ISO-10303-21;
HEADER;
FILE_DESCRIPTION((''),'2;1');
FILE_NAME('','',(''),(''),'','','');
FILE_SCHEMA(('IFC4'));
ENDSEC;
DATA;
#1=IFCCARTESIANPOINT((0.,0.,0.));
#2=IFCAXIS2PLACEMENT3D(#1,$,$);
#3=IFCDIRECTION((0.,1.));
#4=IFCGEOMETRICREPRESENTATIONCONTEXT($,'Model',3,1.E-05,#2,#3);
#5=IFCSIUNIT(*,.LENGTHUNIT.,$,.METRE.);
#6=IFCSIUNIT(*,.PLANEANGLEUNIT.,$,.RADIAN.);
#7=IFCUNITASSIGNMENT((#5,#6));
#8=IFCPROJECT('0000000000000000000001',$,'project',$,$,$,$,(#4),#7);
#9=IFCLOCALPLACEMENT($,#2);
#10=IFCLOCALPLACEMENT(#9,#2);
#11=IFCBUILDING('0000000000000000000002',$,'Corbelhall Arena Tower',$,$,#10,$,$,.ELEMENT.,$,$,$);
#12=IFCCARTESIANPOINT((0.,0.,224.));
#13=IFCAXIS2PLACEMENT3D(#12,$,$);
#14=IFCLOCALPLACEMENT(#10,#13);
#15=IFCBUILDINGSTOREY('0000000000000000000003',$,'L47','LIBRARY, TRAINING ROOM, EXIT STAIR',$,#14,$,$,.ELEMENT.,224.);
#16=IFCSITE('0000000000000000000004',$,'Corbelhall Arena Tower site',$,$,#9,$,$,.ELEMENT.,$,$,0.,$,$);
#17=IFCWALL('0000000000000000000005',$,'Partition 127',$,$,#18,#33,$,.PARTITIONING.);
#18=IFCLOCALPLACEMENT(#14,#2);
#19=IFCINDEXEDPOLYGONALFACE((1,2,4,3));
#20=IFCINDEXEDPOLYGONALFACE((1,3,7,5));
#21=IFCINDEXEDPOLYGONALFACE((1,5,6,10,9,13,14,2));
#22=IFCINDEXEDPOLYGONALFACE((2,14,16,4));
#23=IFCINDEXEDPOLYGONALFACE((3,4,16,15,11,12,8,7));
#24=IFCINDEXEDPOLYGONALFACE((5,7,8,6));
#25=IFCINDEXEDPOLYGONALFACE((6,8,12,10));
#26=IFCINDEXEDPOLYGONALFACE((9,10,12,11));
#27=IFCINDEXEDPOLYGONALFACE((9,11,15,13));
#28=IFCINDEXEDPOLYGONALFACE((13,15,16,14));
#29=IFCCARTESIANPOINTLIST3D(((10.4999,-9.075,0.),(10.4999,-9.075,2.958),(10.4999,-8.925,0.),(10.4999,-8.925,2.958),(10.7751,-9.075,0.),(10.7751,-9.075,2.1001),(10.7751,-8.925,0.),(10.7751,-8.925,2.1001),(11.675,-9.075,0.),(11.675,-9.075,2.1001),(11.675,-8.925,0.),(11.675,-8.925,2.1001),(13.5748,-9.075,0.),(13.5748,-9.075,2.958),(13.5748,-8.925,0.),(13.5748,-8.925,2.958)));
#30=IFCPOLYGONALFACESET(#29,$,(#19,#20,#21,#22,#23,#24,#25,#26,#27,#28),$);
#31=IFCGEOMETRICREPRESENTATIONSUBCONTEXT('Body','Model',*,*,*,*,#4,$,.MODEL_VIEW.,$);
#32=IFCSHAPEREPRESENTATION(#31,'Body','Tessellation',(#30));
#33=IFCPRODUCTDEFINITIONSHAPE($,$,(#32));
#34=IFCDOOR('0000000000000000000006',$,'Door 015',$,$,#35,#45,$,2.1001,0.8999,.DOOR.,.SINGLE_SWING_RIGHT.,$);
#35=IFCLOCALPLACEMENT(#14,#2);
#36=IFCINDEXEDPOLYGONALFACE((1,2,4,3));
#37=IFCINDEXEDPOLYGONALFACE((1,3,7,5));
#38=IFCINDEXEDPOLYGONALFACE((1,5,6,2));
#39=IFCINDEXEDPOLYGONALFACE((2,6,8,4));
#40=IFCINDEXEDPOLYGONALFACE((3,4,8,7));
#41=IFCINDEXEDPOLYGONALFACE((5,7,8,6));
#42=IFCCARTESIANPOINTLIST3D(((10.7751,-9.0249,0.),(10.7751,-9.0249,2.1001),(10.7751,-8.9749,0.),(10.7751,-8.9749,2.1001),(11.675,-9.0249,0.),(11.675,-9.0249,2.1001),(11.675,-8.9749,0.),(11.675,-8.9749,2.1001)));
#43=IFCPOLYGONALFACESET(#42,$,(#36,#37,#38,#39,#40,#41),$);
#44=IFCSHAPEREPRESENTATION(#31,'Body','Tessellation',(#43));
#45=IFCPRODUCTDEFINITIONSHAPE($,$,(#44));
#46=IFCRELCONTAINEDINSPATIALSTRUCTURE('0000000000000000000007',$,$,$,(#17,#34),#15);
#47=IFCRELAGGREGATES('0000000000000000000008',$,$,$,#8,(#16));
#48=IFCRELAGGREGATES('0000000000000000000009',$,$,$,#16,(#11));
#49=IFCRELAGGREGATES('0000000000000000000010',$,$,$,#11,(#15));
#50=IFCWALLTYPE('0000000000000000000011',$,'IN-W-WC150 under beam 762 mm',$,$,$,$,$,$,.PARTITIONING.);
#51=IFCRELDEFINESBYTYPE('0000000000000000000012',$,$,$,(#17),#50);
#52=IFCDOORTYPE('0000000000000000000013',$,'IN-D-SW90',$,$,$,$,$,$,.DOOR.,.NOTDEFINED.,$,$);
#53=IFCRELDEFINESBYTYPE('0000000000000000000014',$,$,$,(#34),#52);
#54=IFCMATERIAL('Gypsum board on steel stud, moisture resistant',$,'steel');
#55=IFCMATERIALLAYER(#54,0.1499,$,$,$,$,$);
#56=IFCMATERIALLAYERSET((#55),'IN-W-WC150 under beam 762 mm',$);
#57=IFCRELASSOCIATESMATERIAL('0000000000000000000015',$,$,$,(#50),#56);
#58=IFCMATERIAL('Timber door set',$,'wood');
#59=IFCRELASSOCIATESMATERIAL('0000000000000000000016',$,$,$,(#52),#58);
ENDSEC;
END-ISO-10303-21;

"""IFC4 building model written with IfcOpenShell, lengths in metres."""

from ifc_helpers import new_model, si_unit, direction, frame, frame_2d, origin, place, context, subcontext, project, spatial, rectangle, extrude, material, layer, layer_set, type_object, element, fill, save


model = new_model("IFC4")

# Units and contexts
model_context = context("Model", 3, precision=1e-05, world=origin(), true_north=direction((0.0, 1.0)))
body_context = subcontext(model_context, "Body", "Model", "MODEL_VIEW")
ifc_project = project(units=[si_unit("LENGTHUNIT", "METRE"), si_unit("PLANEANGLEUNIT", "RADIAN")], contexts=[model_context])

# Site, building, storey
site_placement = place(None, origin())
site = spatial("IfcSite", under=ifc_project, at=site_placement, Name="Corbelhall Arena Tower site", CompositionType="ELEMENT", RefElevation=0.0)
building_placement = place(site_placement, origin())
building = spatial("IfcBuilding", under=site, at=building_placement, Name="Corbelhall Arena Tower", CompositionType="ELEMENT")
storey_placement = place(building_placement, frame((0.0, 0.0, 224.0)))
storey = spatial("IfcBuildingStorey", under=building, at=storey_placement, Name="L47", Description="LIBRARY, TRAINING ROOM, EXIT STAIR", CompositionType="ELEMENT", Elevation=224.0)

# Wall, opening, door
ifc_material_1 = material(Name="Gypsum board on steel stud, moisture resistant", Category="steel")
ifc_layer_1 = layer(ifc_material_1, 0.1499)
ifc_layer_set_1 = layer_set([ifc_layer_1], Name="IN-W-WC150 under beam 762 mm")
wall_type_1 = type_object("IfcWallType", Name="IN-W-WC150 under beam 762 mm", PredefinedType="PARTITIONING", material=ifc_layer_set_1)
wall_1_placement = place(storey_placement, frame((13.575, -9.0, 0.0), z_axis=(0.0, 0.0, 1.0), x_axis=(-1.0, 0.0, 0.0)))
wall_1 = element("IfcWall", 1, at=wall_1_placement, inside=storey, type_object=wall_type_1, Name="Partition 127", PredefinedType="PARTITIONING", context=body_context, shape_type="SweptSolid", body=[
    extrude(rectangle(XDim=3.075, YDim=0.1499, at=frame_2d((1.5376, 0.0))), origin(), (0.0, 0.0, 1.0), 2.958),
])
opening_1_placement = place(wall_1_placement, frame((1.8999, 0.0, 0.0)))
opening_1 = element("IfcOpeningElement", 2, at=opening_1_placement, cuts=wall_1, PredefinedType="OPENING", context=body_context, shape_type="SweptSolid", body=[
    extrude(rectangle(XDim=0.8999, YDim=2.1001, at=frame_2d((0.45, 1.05))), frame((0.0, 0.075, 0.0), z_axis=(0.0, -1.0, 0.0), x_axis=(1.0, 0.0, 0.0)), (0.0, 0.0, 1.0), 0.1499),
])
ifc_material_2 = material(Name="Timber door set", Category="wood")
door_type_1 = type_object("IfcDoorType", Name="IN-D-SW90", OperationType="NOTDEFINED", PredefinedType="DOOR", material=ifc_material_2)
door_1_placement = place(opening_1_placement, origin())
door_1 = element("IfcDoor", 3, at=door_1_placement, inside=storey, type_object=door_type_1, Name="Door 015", OperationType="SINGLE_SWING_RIGHT", OverallHeight=2.1001, OverallWidth=0.8999, PredefinedType="DOOR", context=body_context, shape_type="SweptSolid", body=[
    extrude(rectangle(XDim=0.8999, YDim=2.1001, at=frame_2d((0.45, 1.05))), frame((0.0, 0.0249, 0.0), z_axis=(0.0, -1.0, 0.0), x_axis=(1.0, 0.0, 0.0)), (0.0, 0.0, 1.0), 0.05),
])
fill(opening_1, door_1)

save(model, "model.ifc")
